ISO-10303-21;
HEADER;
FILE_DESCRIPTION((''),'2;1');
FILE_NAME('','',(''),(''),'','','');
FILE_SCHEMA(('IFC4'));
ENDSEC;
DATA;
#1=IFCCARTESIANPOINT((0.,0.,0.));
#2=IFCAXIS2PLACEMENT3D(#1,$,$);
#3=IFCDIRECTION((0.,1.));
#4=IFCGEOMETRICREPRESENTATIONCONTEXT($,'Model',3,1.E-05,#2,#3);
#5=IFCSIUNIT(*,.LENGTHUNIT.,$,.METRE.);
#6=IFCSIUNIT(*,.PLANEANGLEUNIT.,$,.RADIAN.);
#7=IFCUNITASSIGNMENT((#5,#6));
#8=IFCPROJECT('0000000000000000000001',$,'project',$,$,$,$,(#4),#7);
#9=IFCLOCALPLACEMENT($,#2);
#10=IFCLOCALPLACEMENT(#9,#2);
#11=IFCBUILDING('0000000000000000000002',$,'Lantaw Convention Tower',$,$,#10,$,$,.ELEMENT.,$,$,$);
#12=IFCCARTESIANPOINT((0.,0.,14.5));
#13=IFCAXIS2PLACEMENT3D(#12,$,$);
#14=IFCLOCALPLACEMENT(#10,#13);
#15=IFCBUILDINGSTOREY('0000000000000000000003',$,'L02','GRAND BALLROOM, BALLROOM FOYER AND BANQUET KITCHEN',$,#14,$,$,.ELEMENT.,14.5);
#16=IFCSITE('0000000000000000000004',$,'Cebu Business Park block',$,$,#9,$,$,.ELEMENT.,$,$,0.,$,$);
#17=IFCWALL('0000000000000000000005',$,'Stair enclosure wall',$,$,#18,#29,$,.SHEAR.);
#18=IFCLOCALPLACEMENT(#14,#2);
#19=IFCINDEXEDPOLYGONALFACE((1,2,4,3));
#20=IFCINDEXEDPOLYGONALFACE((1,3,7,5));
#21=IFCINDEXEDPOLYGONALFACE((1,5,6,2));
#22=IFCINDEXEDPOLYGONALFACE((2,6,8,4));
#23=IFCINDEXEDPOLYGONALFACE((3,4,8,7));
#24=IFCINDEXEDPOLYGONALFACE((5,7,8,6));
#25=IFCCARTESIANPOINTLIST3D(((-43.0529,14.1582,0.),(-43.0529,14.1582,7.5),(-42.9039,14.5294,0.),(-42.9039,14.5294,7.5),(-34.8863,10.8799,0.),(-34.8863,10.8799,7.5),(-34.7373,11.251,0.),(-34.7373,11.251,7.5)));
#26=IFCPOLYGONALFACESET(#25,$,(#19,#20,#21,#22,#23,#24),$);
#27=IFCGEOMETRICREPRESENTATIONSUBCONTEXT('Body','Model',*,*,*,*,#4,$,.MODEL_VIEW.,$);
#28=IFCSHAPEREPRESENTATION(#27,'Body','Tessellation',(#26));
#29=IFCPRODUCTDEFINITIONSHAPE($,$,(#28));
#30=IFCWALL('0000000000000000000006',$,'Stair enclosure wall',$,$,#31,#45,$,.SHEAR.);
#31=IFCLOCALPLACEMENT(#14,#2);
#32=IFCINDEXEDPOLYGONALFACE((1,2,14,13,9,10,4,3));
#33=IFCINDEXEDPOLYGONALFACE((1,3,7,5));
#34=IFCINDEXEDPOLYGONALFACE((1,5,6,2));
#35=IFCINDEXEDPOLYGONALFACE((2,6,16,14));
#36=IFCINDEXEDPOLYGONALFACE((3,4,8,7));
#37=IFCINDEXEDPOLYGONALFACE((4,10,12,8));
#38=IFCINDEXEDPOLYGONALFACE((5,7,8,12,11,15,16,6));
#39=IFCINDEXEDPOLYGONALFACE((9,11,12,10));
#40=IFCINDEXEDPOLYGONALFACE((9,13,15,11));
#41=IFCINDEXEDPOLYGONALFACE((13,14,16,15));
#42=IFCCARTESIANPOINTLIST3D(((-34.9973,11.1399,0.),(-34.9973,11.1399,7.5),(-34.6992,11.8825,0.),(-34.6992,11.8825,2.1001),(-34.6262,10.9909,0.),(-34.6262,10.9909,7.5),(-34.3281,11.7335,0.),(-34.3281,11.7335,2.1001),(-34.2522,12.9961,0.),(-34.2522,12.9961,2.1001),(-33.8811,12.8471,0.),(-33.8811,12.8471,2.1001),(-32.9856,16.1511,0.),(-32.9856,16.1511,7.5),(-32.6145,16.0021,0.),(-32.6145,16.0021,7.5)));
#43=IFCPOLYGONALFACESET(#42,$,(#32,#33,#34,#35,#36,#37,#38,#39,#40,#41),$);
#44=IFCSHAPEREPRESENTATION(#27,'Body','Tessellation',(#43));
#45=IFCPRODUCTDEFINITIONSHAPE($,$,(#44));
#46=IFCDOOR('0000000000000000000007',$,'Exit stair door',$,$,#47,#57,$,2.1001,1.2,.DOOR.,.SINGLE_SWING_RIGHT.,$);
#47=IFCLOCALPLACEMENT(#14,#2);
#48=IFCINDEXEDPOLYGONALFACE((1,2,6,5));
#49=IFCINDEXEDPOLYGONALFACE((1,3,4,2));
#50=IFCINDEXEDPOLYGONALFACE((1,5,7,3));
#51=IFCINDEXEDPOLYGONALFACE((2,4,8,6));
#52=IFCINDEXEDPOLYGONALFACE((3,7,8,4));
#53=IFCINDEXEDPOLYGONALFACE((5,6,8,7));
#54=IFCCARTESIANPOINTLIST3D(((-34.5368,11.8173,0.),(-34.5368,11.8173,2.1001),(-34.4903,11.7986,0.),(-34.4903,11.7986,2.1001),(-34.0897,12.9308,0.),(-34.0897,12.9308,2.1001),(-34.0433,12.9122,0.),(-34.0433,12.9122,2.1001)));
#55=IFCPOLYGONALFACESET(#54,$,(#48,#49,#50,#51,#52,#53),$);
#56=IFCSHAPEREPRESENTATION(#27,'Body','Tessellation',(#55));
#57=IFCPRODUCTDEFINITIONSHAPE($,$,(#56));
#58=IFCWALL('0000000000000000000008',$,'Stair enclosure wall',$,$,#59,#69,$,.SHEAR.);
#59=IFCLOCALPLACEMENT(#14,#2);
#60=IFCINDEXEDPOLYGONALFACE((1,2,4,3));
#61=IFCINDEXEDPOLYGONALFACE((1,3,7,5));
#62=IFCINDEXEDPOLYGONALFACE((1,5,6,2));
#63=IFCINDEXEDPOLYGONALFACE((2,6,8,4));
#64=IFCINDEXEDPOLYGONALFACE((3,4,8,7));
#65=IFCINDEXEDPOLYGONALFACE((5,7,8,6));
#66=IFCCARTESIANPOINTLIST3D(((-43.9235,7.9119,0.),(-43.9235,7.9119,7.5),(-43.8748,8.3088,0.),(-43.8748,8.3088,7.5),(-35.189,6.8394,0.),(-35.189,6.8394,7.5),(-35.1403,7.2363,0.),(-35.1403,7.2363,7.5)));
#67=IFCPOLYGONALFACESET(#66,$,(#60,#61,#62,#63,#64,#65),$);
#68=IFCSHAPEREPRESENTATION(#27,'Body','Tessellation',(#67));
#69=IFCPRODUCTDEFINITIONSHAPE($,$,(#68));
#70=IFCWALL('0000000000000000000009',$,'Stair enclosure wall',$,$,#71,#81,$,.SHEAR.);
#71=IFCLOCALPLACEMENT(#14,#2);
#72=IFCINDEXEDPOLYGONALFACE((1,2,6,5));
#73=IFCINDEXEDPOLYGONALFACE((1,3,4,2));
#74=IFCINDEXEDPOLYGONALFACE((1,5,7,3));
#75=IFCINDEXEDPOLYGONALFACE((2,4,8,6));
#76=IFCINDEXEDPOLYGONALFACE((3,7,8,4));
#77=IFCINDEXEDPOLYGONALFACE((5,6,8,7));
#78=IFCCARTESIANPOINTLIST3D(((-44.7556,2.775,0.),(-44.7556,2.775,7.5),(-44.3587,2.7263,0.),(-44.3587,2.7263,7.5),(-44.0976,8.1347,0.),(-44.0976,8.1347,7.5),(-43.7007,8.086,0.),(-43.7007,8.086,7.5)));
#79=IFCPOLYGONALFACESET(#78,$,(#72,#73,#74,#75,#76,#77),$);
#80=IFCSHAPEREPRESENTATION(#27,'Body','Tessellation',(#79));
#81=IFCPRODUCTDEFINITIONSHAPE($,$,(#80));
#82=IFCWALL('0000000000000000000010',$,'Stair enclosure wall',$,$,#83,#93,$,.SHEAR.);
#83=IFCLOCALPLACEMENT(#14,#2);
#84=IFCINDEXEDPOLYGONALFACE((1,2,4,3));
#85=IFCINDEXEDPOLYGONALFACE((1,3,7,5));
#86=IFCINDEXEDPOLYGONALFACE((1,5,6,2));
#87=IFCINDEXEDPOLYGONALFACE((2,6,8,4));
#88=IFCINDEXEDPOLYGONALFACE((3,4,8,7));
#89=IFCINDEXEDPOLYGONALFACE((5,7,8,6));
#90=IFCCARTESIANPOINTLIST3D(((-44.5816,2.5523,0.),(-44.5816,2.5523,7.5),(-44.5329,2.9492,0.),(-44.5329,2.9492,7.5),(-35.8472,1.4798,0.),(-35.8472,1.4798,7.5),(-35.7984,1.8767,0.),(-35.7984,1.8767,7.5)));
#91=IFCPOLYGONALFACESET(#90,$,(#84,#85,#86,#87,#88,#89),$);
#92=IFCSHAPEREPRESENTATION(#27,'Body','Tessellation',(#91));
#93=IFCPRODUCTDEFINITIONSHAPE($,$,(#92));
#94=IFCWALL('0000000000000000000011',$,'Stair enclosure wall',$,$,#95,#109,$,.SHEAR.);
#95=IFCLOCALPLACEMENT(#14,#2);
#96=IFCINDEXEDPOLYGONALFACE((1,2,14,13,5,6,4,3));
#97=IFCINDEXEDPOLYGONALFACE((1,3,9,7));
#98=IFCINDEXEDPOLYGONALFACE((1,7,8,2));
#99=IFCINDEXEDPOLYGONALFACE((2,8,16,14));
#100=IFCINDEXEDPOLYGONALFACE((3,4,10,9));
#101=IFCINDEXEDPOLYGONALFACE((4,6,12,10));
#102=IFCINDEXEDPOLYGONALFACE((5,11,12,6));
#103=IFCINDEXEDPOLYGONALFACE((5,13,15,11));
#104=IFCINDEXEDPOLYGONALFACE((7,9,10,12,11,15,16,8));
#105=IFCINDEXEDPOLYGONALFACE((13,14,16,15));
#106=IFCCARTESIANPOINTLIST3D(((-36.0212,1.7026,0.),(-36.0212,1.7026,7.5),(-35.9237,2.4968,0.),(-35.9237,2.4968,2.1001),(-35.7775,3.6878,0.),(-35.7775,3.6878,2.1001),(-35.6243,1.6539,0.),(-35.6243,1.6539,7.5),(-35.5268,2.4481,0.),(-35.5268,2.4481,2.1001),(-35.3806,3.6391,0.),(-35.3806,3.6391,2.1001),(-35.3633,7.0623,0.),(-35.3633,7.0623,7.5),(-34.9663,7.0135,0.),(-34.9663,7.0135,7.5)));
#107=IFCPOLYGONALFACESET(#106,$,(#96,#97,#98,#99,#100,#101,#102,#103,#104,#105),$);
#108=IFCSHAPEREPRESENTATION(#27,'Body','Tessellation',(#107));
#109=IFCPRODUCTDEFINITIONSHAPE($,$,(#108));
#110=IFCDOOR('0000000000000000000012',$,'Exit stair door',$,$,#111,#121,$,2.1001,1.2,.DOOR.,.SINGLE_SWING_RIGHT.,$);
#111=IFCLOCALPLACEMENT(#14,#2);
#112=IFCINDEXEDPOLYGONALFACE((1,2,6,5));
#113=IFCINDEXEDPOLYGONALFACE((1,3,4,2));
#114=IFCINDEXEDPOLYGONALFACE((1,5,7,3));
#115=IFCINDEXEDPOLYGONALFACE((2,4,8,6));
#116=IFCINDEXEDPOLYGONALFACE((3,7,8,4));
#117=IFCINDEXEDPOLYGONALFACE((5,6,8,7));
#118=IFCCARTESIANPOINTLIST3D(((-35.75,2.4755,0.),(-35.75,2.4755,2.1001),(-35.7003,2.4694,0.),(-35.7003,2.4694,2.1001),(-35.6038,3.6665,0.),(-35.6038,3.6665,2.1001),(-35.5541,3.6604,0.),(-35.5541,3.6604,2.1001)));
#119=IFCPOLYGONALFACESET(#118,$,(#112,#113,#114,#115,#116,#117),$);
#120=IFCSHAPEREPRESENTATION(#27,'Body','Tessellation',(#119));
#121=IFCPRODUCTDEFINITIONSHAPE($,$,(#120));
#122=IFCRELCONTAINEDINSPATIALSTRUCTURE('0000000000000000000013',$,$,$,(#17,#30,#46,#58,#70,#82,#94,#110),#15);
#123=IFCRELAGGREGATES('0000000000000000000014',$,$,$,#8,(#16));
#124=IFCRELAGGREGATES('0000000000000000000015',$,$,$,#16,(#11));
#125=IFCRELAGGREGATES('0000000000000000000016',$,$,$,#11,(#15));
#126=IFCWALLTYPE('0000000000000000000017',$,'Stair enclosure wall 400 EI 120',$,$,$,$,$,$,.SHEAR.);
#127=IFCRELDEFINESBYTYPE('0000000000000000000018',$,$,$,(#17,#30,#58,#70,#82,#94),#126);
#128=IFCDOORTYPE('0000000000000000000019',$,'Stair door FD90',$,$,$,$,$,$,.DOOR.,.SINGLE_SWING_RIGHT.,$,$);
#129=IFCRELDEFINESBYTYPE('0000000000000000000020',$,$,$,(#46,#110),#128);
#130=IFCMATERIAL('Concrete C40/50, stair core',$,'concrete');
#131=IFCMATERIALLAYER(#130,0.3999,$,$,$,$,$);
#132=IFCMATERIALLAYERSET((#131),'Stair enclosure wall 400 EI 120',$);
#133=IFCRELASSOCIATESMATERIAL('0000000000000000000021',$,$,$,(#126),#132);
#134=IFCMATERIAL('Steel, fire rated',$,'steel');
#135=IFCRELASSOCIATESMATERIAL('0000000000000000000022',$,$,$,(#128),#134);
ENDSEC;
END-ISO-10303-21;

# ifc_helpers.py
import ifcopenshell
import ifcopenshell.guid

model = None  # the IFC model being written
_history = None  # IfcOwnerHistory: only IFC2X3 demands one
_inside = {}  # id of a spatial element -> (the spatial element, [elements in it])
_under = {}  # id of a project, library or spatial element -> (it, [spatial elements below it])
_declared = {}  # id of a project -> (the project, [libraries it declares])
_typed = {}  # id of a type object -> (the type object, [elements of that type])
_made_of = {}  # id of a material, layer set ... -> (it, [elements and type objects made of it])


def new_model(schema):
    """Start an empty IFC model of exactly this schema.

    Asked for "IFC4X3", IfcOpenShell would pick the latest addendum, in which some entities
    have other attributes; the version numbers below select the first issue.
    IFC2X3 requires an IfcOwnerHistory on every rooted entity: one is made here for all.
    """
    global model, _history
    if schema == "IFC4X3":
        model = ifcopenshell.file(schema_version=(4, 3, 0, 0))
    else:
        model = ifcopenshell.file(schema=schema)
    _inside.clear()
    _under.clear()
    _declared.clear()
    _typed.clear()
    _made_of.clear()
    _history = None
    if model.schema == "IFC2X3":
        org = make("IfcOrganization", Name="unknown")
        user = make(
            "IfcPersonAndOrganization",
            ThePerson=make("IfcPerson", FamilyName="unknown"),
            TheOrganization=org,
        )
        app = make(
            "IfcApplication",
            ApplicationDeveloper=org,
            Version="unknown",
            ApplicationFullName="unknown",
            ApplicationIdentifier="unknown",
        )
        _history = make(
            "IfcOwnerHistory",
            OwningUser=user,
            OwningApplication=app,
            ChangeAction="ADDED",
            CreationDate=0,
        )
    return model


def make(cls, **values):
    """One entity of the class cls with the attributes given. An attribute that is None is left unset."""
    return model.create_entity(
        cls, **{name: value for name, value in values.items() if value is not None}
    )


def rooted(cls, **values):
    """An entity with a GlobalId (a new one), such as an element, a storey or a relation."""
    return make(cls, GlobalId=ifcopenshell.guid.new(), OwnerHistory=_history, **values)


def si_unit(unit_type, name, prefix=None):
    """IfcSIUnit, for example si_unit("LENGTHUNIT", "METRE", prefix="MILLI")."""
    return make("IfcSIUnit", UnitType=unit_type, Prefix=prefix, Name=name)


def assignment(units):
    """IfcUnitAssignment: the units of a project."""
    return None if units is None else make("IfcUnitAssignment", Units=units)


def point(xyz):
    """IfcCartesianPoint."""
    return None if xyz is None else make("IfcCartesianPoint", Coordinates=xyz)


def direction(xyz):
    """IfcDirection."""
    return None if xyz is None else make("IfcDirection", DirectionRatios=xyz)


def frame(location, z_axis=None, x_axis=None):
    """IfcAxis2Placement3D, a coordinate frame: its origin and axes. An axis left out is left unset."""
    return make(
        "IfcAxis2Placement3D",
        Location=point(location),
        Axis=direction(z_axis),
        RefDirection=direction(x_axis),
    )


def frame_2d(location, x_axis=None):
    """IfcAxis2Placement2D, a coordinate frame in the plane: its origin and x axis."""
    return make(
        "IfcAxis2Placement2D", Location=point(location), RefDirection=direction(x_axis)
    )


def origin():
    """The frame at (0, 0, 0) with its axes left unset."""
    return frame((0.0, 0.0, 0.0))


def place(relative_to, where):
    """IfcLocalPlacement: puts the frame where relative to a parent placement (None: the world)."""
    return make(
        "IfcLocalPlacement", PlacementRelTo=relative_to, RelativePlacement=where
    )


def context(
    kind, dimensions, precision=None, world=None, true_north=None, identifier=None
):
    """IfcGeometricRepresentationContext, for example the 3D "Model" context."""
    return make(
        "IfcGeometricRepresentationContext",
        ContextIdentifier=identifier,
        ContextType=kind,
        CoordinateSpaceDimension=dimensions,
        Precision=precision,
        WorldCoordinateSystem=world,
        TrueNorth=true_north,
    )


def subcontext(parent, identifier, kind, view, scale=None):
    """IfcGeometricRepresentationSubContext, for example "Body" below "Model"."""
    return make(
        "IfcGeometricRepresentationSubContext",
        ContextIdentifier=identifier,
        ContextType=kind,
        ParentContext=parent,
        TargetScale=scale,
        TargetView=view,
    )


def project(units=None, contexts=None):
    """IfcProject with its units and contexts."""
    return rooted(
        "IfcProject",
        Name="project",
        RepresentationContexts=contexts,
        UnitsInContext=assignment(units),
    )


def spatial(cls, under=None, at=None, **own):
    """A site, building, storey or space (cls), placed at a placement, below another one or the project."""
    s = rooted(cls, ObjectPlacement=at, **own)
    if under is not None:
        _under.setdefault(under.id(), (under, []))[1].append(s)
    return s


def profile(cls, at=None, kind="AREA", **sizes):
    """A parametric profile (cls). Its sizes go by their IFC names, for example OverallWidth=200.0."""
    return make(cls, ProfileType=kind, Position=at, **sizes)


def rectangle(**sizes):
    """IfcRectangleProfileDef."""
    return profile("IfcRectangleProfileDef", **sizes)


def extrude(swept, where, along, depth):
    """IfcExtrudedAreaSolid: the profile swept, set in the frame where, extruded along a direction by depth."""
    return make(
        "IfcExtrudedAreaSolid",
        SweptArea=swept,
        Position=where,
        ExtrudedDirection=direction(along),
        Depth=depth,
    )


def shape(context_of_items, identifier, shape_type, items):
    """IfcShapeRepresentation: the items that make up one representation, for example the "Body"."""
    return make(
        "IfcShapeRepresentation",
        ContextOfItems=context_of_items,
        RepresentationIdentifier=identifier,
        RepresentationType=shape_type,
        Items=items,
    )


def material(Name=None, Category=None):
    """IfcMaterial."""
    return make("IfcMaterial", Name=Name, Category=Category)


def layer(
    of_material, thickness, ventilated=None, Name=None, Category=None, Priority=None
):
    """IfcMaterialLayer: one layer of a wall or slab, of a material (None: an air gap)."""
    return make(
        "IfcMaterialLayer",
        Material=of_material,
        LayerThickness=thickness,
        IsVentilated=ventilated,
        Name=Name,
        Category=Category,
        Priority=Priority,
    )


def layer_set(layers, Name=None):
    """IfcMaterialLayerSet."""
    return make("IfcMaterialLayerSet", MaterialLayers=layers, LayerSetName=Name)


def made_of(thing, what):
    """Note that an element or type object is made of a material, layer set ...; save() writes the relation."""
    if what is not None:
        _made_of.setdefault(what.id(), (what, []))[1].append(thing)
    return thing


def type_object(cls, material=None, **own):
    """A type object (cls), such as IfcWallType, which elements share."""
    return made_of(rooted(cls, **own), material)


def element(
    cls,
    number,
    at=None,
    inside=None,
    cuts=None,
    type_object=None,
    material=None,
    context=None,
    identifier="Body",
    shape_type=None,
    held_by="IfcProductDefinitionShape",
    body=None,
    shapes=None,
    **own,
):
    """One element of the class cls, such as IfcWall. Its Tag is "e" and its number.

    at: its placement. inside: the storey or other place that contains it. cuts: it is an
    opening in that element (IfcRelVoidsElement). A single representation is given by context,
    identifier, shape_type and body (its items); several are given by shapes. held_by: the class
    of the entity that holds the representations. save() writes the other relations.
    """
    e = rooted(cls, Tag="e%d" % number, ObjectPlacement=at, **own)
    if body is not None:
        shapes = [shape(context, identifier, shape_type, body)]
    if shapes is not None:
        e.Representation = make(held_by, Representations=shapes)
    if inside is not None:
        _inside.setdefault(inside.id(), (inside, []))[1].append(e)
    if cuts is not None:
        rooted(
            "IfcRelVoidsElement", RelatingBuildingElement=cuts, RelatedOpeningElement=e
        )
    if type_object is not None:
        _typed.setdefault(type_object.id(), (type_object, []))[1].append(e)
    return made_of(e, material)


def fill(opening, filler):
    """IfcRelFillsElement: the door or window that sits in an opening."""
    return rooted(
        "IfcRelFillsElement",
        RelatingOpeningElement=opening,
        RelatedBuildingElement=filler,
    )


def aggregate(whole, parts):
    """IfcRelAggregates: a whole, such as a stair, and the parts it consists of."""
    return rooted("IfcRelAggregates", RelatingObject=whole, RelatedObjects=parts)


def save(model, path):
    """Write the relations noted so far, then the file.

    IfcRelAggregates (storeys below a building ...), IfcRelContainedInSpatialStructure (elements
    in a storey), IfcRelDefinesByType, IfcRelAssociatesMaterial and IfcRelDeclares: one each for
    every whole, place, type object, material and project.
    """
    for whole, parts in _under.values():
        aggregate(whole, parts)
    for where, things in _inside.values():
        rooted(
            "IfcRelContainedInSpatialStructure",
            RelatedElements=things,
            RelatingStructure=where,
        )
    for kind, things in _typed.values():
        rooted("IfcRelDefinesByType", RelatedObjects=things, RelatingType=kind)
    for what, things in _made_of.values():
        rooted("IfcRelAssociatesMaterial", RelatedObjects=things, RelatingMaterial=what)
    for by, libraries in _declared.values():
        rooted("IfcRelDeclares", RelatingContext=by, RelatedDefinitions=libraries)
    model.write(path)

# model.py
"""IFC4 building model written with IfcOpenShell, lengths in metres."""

from ifc_helpers import new_model, si_unit, direction, frame, frame_2d, origin, place, context, subcontext, project, spatial, rectangle, extrude, material, layer, layer_set, type_object, element, fill, save


model = new_model("IFC4")

# Units and contexts
model_context = context("Model", 3, precision=1e-05, world=origin(), true_north=direction((0.0, 1.0)))
body_context = subcontext(model_context, "Body", "Model", "MODEL_VIEW")
ifc_project = project(units=[si_unit("LENGTHUNIT", "METRE"), si_unit("PLANEANGLEUNIT", "RADIAN")], contexts=[model_context])

# Site, building, storey
site_placement = place(None, origin())
site = spatial("IfcSite", under=ifc_project, at=site_placement, Name="Cebu Business Park block", CompositionType="ELEMENT", RefElevation=0.0)
building_placement = place(site_placement, origin())
building = spatial("IfcBuilding", under=site, at=building_placement, Name="Lantaw Convention Tower", CompositionType="ELEMENT")
storey_placement = place(building_placement, frame((0.0, 0.0, 14.5)))
storey = spatial("IfcBuildingStorey", under=building, at=storey_placement, Name="L02", Description="GRAND BALLROOM, BALLROOM FOYER AND BANQUET KITCHEN", CompositionType="ELEMENT", Elevation=14.5)

# Wall
ifc_material_1 = material(Name="Concrete C40/50, stair core", Category="concrete")
ifc_layer_1 = layer(ifc_material_1, 0.3999)
ifc_layer_set_1 = layer_set([ifc_layer_1], Name="Stair enclosure wall 400 EI 120")
wall_type_1 = type_object("IfcWallType", Name="Stair enclosure wall 400 EI 120", PredefinedType="SHEAR", material=ifc_layer_set_1)
wall_1_placement = place(storey_placement, frame((-42.9783, 14.3438, 0.0), z_axis=(0.0, 0.0, 1.0), x_axis=(0.928017, -0.372538, 0.0)))
element("IfcWall", 1, at=wall_1_placement, inside=storey, type_object=wall_type_1, Name="Stair enclosure wall", PredefinedType="SHEAR", context=body_context, shape_type="SweptSolid", body=[
    extrude(rectangle(XDim=8.8, YDim=0.3999, at=frame_2d((4.3999, 0.0))), origin(), (0.0, 0.0, 1.0), 7.5),
])

# Wall, opening, door
wall_2_placement = place(storey_placement, frame((-34.8118, 11.0654, 0.0), z_axis=(0.0, 0.0, 1.0), x_axis=(0.372544, 0.928015, 0.0)))
wall_2 = element("IfcWall", 2, at=wall_2_placement, inside=storey, type_object=wall_type_1, Name="Stair enclosure wall", PredefinedType="SHEAR", context=body_context, shape_type="SweptSolid", body=[
    extrude(rectangle(XDim=5.3999, YDim=0.3999, at=frame_2d((2.7, 0.0))), origin(), (0.0, 0.0, 1.0), 7.5),
])
opening_1_placement = place(wall_2_placement, frame((0.8, 0.0, 0.0)))
opening_1 = element("IfcOpeningElement", 3, at=opening_1_placement, cuts=wall_2, PredefinedType="OPENING", context=body_context, shape_type="SweptSolid", body=[
    extrude(rectangle(XDim=1.2, YDim=2.1001, at=frame_2d((0.6001, 1.05))), frame((0.0, 0.21, 0.0), z_axis=(0.0, -1.0, 0.0), x_axis=(1.0, 0.0, 0.0)), (0.0, 0.0, 1.0), 0.4199),
])
ifc_material_2 = material(Name="Steel, fire rated", Category="steel")
door_type = type_object("IfcDoorType", Name="Stair door FD90", OperationType="SINGLE_SWING_RIGHT", PredefinedType="DOOR", material=ifc_material_2)
door_1_placement = place(opening_1_placement, origin())
door_1 = element("IfcDoor", 4, at=door_1_placement, inside=storey, type_object=door_type, Name="Exit stair door", OperationType="SINGLE_SWING_RIGHT", OverallHeight=2.1001, OverallWidth=1.2, PredefinedType="DOOR", context=body_context, shape_type="SweptSolid", body=[
    extrude(rectangle(XDim=1.2, YDim=2.1001, at=frame_2d((0.6001, 1.05))), frame((0.0, 0.0249, 0.0), z_axis=(0.0, -1.0, 0.0), x_axis=(1.0, 0.0, 0.0)), (0.0, 0.0, 1.0), 0.05),
])
fill(opening_1, door_1)

# Walls
wall_3_placement = place(storey_placement, frame((-35.1648, 7.0378, 0.0), z_axis=(0.0, 0.0, 1.0), x_axis=(-0.992545, 0.121876, 0.0)))
element("IfcWall", 5, at=wall_3_placement, inside=storey, type_object=wall_type_1, Name="Stair enclosure wall", PredefinedType="SHEAR", context=body_context, shape_type="SweptSolid", body=[
    extrude(rectangle(XDim=8.8, YDim=0.3999, at=frame_2d((4.3999, 0.0))), origin(), (0.0, 0.0, 1.0), 7.5),
])
wall_4_placement = place(storey_placement, frame((-43.8992, 8.1104, 0.0), z_axis=(0.0, 0.0, 1.0), x_axis=(-0.121848, -0.992549, 0.0)))
element("IfcWall", 6, at=wall_4_placement, inside=storey, type_object=wall_type_1, Name="Stair enclosure wall", PredefinedType="SHEAR", context=body_context, shape_type="SweptSolid", body=[
    extrude(rectangle(XDim=5.3999, YDim=0.3999, at=frame_2d((2.7, 0.0))), origin(), (0.0, 0.0, 1.0), 7.5),
])
wall_5_placement = place(storey_placement, frame((-44.5571, 2.7507, 0.0), z_axis=(0.0, 0.0, 1.0), x_axis=(0.992545, -0.121876, 0.0)))
element("IfcWall", 7, at=wall_5_placement, inside=storey, type_object=wall_type_1, Name="Stair enclosure wall", PredefinedType="SHEAR", context=body_context, shape_type="SweptSolid", body=[
    extrude(rectangle(XDim=8.8, YDim=0.3999, at=frame_2d((4.3999, 0.0))), origin(), (0.0, 0.0, 1.0), 7.5),
])

# Wall, opening, door
wall_6_placement = place(storey_placement, frame((-35.8228, 1.6782, 0.0), z_axis=(0.0, 0.0, 1.0), x_axis=(0.121848, 0.992549, 0.0)))
wall_6 = element("IfcWall", 8, at=wall_6_placement, inside=storey, type_object=wall_type_1, Name="Stair enclosure wall", PredefinedType="SHEAR", context=body_context, shape_type="SweptSolid", body=[
    extrude(rectangle(XDim=5.3999, YDim=0.3999, at=frame_2d((2.7, 0.0))), origin(), (0.0, 0.0, 1.0), 7.5),
])
opening_2_placement = place(wall_6_placement, frame((0.8, 0.0, 0.0)))
opening_2 = element("IfcOpeningElement", 9, at=opening_2_placement, cuts=wall_6, PredefinedType="OPENING", context=body_context, shape_type="SweptSolid", body=[
    extrude(rectangle(XDim=1.2, YDim=2.1001, at=frame_2d((0.6001, 1.05))), frame((0.0, 0.21, 0.0), z_axis=(0.0, -1.0, 0.0), x_axis=(1.0, 0.0, 0.0)), (0.0, 0.0, 1.0), 0.4199),
])
door_2_placement = place(opening_2_placement, origin())
door_2 = element("IfcDoor", 10, at=door_2_placement, inside=storey, type_object=door_type, Name="Exit stair door", OperationType="SINGLE_SWING_RIGHT", OverallHeight=2.1001, OverallWidth=1.2, PredefinedType="DOOR", context=body_context, shape_type="SweptSolid", body=[
    extrude(rectangle(XDim=1.2, YDim=2.1001, at=frame_2d((0.6001, 1.05))), frame((0.0, 0.0249, 0.0), z_axis=(0.0, -1.0, 0.0), x_axis=(1.0, 0.0, 0.0)), (0.0, 0.0, 1.0), 0.05),
])
fill(opening_2, door_2)

save(model, "model.ifc")
